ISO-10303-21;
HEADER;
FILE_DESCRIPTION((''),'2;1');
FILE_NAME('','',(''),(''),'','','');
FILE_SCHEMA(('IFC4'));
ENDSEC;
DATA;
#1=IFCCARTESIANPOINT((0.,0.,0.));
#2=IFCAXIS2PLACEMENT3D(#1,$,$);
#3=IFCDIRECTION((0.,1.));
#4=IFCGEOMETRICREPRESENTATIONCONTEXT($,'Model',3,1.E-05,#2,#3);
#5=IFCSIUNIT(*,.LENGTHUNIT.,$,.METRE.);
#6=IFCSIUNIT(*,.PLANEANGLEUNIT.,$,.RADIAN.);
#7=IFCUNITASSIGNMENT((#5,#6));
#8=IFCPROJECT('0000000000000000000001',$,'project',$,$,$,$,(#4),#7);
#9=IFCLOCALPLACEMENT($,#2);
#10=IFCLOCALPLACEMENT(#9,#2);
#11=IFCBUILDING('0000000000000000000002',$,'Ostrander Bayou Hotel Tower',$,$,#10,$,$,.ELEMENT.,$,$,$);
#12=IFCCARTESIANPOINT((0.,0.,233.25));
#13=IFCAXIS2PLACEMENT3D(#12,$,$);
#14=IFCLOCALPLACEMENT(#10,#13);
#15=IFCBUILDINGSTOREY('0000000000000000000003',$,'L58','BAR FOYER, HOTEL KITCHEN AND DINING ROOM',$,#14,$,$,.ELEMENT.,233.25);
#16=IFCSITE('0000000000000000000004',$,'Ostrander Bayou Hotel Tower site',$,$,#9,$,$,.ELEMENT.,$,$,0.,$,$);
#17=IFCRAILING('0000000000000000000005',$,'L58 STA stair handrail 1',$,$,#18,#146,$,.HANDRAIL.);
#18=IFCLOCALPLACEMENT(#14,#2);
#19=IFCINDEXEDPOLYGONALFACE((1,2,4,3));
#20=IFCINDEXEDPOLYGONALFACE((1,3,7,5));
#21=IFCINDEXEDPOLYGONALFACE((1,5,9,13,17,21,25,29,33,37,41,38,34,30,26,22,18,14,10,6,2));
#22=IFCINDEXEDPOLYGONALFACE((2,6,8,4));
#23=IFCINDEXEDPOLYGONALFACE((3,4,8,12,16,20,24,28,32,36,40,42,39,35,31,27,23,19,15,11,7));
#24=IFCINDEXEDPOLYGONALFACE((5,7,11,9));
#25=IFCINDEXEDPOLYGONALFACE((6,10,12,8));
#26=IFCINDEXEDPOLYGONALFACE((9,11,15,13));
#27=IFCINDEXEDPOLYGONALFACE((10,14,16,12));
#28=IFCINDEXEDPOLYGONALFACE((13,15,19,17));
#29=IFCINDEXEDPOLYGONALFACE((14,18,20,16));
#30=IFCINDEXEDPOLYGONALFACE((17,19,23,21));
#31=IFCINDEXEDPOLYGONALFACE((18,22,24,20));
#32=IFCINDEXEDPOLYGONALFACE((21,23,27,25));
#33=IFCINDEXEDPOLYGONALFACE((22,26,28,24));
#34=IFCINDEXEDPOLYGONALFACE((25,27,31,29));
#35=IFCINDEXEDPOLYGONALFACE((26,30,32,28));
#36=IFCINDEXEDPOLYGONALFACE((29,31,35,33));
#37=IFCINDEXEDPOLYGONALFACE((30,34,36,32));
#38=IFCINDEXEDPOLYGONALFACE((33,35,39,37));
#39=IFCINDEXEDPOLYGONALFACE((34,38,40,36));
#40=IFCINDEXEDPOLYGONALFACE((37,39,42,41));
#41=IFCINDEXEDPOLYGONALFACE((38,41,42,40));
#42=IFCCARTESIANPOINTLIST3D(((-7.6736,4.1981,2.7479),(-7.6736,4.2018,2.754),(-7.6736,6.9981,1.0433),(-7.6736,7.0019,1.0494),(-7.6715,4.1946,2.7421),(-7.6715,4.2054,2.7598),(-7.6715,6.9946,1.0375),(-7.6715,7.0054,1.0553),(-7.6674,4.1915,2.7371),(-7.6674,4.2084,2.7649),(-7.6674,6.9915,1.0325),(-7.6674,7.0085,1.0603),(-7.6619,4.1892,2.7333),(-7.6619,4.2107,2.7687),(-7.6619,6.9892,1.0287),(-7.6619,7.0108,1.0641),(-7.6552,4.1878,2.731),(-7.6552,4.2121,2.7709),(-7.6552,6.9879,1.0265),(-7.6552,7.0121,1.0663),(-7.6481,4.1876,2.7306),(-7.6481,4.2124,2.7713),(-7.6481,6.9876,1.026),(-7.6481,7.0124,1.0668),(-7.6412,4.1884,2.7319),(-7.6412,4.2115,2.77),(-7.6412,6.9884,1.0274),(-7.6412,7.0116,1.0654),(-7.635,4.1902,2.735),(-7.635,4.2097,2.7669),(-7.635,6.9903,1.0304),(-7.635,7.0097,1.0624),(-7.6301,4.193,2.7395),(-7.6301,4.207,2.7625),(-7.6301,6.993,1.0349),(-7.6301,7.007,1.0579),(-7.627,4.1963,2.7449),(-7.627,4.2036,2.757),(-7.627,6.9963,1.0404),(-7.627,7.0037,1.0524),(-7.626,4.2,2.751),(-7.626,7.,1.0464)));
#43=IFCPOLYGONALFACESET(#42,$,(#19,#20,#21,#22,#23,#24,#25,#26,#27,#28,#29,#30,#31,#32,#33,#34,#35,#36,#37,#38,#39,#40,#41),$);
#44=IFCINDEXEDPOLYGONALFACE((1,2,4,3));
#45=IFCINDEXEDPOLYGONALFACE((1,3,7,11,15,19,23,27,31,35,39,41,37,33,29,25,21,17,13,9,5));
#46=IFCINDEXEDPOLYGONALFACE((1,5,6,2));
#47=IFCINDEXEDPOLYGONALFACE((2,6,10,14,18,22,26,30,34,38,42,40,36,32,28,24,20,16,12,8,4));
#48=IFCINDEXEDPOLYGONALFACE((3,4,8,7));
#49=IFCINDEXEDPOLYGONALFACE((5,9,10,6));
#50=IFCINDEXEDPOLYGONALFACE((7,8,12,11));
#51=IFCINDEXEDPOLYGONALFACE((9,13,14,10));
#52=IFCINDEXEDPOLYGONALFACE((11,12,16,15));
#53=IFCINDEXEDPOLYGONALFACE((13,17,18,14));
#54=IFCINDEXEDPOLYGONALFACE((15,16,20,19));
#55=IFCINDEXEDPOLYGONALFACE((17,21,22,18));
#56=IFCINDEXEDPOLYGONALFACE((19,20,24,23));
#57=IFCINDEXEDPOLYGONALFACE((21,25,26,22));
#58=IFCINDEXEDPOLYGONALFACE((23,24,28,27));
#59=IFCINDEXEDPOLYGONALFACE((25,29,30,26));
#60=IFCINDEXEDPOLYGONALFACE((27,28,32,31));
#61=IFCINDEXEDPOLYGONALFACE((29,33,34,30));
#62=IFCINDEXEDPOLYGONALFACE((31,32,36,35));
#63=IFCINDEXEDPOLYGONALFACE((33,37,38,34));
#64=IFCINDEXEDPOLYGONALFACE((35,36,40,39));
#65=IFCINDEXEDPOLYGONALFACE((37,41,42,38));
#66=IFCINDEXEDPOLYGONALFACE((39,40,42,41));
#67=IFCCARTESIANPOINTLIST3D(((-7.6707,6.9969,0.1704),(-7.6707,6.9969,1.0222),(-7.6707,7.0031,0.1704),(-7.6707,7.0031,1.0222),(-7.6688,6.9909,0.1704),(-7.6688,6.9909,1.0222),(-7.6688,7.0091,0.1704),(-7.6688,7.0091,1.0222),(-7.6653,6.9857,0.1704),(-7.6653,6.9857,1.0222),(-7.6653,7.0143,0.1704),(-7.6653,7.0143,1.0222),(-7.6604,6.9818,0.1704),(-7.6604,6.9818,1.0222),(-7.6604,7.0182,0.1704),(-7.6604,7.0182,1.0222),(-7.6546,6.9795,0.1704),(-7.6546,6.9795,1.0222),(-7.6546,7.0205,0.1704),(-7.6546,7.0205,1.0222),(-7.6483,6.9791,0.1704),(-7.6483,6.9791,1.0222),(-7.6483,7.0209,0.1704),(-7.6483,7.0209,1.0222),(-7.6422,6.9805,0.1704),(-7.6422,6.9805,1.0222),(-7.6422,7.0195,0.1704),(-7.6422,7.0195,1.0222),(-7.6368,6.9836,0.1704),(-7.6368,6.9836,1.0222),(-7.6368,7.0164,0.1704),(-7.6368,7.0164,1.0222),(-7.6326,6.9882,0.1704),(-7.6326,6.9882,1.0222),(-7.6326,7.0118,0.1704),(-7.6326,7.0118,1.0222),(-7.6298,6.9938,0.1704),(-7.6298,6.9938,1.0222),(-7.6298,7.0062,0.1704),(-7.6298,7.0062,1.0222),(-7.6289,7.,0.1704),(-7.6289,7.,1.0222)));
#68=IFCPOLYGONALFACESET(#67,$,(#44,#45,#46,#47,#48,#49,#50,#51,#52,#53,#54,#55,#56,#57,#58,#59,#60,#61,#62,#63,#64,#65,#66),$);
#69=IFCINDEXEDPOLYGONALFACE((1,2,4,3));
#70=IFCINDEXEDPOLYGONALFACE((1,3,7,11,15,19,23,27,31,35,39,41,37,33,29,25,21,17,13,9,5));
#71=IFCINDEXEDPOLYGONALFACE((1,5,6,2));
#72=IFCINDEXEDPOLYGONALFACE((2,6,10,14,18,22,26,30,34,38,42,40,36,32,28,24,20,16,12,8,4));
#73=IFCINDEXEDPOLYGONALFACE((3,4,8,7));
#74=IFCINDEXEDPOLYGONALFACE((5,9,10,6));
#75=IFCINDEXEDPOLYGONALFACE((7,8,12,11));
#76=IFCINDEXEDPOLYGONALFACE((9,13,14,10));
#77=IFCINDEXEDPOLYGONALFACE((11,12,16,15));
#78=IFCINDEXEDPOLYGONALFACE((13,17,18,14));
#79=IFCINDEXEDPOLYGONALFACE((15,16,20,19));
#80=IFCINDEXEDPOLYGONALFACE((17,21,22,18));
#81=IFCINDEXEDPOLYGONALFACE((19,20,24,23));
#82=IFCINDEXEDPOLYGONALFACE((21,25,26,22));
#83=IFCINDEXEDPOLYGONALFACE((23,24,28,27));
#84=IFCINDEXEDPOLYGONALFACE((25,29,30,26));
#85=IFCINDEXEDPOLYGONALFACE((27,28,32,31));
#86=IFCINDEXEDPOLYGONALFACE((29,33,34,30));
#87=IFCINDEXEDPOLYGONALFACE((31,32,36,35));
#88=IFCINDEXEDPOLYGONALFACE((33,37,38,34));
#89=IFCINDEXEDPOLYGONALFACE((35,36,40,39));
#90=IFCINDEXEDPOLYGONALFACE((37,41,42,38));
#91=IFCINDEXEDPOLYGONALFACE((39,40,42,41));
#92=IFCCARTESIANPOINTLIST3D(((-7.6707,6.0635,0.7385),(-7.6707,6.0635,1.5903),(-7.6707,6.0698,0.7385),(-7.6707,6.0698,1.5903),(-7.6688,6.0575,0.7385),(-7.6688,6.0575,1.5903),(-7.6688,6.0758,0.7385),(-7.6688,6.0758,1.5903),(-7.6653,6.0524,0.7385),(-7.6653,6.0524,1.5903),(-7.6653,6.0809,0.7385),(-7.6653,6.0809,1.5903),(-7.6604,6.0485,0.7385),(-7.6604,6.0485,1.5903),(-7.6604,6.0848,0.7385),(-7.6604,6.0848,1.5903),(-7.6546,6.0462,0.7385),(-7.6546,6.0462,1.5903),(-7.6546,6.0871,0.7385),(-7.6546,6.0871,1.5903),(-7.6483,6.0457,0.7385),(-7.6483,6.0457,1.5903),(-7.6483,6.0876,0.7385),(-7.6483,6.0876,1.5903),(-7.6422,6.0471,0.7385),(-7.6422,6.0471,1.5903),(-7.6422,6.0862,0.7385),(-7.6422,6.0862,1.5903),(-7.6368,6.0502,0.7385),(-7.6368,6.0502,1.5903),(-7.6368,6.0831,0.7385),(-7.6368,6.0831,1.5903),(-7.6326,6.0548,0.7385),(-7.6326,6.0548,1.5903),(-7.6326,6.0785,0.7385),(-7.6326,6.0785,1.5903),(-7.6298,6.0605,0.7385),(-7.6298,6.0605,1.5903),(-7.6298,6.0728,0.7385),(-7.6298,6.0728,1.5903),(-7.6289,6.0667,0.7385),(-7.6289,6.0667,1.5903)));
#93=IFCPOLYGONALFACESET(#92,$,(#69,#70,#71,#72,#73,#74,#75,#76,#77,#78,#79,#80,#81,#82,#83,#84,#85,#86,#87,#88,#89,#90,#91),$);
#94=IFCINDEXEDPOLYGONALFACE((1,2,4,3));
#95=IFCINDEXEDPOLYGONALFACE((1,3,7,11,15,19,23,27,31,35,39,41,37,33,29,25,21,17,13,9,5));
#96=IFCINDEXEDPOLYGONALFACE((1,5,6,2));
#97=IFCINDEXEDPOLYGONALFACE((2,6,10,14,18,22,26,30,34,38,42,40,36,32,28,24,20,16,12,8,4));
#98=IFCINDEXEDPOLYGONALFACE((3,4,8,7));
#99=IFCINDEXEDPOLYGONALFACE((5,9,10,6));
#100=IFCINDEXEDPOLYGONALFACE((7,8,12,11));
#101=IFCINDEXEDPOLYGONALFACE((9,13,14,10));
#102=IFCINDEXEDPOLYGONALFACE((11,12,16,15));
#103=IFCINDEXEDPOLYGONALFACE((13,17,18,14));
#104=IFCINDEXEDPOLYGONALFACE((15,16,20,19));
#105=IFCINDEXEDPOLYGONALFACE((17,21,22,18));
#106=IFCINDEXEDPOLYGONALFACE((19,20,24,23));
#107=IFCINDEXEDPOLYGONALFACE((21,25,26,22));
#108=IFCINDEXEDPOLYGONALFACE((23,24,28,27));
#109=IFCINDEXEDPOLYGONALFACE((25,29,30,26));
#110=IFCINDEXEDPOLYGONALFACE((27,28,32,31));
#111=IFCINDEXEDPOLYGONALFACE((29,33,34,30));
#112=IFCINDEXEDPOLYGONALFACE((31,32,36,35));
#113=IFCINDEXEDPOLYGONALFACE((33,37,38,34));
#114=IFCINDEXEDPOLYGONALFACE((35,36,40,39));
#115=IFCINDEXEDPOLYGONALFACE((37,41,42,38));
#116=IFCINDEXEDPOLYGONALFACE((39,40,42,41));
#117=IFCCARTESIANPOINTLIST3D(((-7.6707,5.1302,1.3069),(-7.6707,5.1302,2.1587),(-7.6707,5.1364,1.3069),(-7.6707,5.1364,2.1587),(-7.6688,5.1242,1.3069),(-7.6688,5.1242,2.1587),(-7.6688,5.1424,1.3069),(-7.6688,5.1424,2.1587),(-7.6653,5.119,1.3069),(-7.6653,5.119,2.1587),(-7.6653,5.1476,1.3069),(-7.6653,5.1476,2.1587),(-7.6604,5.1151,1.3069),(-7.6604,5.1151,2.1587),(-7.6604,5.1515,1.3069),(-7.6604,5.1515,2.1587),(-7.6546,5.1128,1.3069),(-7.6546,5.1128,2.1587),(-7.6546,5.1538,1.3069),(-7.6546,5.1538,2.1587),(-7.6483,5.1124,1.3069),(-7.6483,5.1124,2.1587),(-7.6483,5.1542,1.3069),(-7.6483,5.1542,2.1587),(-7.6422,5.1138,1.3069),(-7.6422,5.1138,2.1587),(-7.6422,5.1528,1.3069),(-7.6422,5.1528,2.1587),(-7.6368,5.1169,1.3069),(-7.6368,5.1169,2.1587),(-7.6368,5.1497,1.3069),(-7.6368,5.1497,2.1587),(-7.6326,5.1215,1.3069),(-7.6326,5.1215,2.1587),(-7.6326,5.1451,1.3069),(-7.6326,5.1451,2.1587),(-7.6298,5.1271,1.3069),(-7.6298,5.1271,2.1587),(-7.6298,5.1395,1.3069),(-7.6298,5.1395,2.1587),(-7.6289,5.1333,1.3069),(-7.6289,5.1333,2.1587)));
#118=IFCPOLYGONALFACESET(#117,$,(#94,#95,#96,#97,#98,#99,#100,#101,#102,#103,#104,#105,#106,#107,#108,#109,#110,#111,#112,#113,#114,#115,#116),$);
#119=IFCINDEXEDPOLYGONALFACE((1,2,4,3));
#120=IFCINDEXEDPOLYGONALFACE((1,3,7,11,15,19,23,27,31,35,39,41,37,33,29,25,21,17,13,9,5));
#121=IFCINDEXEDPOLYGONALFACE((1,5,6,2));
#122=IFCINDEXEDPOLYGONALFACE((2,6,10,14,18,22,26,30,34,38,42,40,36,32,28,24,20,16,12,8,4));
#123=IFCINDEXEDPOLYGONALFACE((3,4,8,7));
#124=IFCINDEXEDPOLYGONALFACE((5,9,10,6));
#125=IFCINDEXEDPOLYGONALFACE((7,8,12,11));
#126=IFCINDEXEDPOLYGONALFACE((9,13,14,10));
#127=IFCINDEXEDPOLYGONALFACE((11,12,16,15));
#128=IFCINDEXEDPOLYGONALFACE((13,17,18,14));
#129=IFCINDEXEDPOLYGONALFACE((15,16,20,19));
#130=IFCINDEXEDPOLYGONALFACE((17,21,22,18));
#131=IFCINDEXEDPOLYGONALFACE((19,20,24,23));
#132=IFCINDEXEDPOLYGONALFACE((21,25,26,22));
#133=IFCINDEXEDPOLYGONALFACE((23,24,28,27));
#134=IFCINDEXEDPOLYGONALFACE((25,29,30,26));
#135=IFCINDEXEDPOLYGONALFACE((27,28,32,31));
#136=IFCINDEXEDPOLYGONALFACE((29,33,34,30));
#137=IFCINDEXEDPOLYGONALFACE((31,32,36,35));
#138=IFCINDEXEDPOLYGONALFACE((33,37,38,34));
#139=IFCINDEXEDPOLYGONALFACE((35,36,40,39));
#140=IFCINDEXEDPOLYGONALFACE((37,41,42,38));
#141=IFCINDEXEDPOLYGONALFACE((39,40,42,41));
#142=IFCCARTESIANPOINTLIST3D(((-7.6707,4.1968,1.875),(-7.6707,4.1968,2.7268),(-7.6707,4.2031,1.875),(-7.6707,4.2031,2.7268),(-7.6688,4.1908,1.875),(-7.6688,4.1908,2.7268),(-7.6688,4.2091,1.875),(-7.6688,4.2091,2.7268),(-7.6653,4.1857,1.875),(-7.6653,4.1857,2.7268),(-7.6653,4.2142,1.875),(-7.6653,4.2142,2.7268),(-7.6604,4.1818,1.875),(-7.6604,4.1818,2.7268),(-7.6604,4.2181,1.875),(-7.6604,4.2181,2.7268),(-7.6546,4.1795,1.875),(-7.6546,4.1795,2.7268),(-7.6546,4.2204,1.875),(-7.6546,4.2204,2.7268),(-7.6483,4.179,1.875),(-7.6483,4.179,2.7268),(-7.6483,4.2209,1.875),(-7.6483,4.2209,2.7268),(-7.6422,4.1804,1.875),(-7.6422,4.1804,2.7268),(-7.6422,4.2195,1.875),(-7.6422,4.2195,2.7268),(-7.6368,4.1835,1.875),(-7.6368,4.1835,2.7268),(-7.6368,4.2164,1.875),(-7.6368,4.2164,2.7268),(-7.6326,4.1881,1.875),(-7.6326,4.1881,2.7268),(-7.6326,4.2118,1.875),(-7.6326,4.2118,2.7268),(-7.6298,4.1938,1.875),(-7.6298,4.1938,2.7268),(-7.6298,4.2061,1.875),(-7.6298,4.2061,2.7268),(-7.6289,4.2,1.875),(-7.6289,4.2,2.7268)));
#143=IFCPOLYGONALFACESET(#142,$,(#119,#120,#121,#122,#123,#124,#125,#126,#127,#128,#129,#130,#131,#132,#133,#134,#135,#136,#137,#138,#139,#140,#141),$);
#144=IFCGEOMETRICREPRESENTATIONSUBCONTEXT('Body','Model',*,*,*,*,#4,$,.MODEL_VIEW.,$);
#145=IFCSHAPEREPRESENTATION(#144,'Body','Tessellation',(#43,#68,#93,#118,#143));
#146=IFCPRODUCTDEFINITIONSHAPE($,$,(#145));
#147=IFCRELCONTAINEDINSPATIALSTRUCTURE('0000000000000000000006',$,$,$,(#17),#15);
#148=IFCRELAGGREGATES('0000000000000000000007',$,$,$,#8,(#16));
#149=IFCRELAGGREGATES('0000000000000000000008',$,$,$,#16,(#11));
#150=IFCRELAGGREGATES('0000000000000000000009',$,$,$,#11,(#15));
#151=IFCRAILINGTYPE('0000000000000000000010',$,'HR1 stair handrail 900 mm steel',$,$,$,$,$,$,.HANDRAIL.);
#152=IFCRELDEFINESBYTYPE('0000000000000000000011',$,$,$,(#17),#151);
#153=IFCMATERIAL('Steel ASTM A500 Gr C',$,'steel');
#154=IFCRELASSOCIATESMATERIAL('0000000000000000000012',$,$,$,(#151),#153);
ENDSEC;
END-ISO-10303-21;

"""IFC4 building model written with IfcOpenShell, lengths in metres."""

from ifc_helpers import new_model, si_unit, direction, frame, origin, origin_2d, place, context, subcontext, project, spatial, circle, extrude, material, type_object, element, save


model = new_model("IFC4")

# Units and contexts
model_context = context("Model", 3, precision=1e-05, world=origin(), true_north=direction((0.0, 1.0)))
body_context = subcontext(model_context, "Body", "Model", "MODEL_VIEW")
ifc_project = project(units=[si_unit("LENGTHUNIT", "METRE"), si_unit("PLANEANGLEUNIT", "RADIAN")], contexts=[model_context])

# Site, building, storey
site_placement = place(None, origin())
site = spatial("IfcSite", under=ifc_project, at=site_placement, Name="Ostrander Bayou Hotel Tower site", CompositionType="ELEMENT", RefElevation=0.0)
building_placement = place(site_placement, origin())
building = spatial("IfcBuilding", under=site, at=building_placement, Name="Ostrander Bayou Hotel Tower", CompositionType="ELEMENT")
storey_placement = place(building_placement, frame((0.0, 0.0, 233.25)))
storey = spatial("IfcBuildingStorey", under=building, at=storey_placement, Name="L58", Description="BAR FOYER, HOTEL KITCHEN AND DINING ROOM", CompositionType="ELEMENT", Elevation=233.25)

# Railing
ifc_material_1 = material(Name="Steel ASTM A500 Gr C", Category="steel")
railing_type_1 = type_object("IfcRailingType", Name="HR1 stair handrail 900 mm steel", PredefinedType="HANDRAIL", material=ifc_material_1)
railing_1_placement = place(storey_placement, frame((-7.6499, 7.0, 0.1704)))
element("IfcRailing", 1, at=railing_1_placement, inside=storey, type_object=railing_type_1, Name="L58 STA stair handrail 1", PredefinedType="HANDRAIL", context=body_context, shape_type="SweptSolid", body=[
    extrude(circle(Radius=0.0239, at=origin_2d()), frame((0.0, 0.0, 0.876), z_axis=(0.0, -0.85417, 0.519994), x_axis=(1.0, 0.0, 0.0)), (0.0, 0.0, 1.0), 3.2781),
    extrude(circle(Radius=0.021, at=origin_2d()), origin(), (0.0, 0.0, 1.0), 0.8518),
    extrude(circle(Radius=0.021, at=origin_2d()), frame((0.0, -0.9333, 0.5681)), (0.0, 0.0, 1.0), 0.8518),
    extrude(circle(Radius=0.021, at=origin_2d()), frame((0.0, -1.8667, 1.1365)), (0.0, 0.0, 1.0), 0.8518),
    extrude(circle(Radius=0.021, at=origin_2d()), frame((0.0, -2.8, 1.7046)), (0.0, 0.0, 1.0), 0.8518),
])

save(model, "model.ifc")
